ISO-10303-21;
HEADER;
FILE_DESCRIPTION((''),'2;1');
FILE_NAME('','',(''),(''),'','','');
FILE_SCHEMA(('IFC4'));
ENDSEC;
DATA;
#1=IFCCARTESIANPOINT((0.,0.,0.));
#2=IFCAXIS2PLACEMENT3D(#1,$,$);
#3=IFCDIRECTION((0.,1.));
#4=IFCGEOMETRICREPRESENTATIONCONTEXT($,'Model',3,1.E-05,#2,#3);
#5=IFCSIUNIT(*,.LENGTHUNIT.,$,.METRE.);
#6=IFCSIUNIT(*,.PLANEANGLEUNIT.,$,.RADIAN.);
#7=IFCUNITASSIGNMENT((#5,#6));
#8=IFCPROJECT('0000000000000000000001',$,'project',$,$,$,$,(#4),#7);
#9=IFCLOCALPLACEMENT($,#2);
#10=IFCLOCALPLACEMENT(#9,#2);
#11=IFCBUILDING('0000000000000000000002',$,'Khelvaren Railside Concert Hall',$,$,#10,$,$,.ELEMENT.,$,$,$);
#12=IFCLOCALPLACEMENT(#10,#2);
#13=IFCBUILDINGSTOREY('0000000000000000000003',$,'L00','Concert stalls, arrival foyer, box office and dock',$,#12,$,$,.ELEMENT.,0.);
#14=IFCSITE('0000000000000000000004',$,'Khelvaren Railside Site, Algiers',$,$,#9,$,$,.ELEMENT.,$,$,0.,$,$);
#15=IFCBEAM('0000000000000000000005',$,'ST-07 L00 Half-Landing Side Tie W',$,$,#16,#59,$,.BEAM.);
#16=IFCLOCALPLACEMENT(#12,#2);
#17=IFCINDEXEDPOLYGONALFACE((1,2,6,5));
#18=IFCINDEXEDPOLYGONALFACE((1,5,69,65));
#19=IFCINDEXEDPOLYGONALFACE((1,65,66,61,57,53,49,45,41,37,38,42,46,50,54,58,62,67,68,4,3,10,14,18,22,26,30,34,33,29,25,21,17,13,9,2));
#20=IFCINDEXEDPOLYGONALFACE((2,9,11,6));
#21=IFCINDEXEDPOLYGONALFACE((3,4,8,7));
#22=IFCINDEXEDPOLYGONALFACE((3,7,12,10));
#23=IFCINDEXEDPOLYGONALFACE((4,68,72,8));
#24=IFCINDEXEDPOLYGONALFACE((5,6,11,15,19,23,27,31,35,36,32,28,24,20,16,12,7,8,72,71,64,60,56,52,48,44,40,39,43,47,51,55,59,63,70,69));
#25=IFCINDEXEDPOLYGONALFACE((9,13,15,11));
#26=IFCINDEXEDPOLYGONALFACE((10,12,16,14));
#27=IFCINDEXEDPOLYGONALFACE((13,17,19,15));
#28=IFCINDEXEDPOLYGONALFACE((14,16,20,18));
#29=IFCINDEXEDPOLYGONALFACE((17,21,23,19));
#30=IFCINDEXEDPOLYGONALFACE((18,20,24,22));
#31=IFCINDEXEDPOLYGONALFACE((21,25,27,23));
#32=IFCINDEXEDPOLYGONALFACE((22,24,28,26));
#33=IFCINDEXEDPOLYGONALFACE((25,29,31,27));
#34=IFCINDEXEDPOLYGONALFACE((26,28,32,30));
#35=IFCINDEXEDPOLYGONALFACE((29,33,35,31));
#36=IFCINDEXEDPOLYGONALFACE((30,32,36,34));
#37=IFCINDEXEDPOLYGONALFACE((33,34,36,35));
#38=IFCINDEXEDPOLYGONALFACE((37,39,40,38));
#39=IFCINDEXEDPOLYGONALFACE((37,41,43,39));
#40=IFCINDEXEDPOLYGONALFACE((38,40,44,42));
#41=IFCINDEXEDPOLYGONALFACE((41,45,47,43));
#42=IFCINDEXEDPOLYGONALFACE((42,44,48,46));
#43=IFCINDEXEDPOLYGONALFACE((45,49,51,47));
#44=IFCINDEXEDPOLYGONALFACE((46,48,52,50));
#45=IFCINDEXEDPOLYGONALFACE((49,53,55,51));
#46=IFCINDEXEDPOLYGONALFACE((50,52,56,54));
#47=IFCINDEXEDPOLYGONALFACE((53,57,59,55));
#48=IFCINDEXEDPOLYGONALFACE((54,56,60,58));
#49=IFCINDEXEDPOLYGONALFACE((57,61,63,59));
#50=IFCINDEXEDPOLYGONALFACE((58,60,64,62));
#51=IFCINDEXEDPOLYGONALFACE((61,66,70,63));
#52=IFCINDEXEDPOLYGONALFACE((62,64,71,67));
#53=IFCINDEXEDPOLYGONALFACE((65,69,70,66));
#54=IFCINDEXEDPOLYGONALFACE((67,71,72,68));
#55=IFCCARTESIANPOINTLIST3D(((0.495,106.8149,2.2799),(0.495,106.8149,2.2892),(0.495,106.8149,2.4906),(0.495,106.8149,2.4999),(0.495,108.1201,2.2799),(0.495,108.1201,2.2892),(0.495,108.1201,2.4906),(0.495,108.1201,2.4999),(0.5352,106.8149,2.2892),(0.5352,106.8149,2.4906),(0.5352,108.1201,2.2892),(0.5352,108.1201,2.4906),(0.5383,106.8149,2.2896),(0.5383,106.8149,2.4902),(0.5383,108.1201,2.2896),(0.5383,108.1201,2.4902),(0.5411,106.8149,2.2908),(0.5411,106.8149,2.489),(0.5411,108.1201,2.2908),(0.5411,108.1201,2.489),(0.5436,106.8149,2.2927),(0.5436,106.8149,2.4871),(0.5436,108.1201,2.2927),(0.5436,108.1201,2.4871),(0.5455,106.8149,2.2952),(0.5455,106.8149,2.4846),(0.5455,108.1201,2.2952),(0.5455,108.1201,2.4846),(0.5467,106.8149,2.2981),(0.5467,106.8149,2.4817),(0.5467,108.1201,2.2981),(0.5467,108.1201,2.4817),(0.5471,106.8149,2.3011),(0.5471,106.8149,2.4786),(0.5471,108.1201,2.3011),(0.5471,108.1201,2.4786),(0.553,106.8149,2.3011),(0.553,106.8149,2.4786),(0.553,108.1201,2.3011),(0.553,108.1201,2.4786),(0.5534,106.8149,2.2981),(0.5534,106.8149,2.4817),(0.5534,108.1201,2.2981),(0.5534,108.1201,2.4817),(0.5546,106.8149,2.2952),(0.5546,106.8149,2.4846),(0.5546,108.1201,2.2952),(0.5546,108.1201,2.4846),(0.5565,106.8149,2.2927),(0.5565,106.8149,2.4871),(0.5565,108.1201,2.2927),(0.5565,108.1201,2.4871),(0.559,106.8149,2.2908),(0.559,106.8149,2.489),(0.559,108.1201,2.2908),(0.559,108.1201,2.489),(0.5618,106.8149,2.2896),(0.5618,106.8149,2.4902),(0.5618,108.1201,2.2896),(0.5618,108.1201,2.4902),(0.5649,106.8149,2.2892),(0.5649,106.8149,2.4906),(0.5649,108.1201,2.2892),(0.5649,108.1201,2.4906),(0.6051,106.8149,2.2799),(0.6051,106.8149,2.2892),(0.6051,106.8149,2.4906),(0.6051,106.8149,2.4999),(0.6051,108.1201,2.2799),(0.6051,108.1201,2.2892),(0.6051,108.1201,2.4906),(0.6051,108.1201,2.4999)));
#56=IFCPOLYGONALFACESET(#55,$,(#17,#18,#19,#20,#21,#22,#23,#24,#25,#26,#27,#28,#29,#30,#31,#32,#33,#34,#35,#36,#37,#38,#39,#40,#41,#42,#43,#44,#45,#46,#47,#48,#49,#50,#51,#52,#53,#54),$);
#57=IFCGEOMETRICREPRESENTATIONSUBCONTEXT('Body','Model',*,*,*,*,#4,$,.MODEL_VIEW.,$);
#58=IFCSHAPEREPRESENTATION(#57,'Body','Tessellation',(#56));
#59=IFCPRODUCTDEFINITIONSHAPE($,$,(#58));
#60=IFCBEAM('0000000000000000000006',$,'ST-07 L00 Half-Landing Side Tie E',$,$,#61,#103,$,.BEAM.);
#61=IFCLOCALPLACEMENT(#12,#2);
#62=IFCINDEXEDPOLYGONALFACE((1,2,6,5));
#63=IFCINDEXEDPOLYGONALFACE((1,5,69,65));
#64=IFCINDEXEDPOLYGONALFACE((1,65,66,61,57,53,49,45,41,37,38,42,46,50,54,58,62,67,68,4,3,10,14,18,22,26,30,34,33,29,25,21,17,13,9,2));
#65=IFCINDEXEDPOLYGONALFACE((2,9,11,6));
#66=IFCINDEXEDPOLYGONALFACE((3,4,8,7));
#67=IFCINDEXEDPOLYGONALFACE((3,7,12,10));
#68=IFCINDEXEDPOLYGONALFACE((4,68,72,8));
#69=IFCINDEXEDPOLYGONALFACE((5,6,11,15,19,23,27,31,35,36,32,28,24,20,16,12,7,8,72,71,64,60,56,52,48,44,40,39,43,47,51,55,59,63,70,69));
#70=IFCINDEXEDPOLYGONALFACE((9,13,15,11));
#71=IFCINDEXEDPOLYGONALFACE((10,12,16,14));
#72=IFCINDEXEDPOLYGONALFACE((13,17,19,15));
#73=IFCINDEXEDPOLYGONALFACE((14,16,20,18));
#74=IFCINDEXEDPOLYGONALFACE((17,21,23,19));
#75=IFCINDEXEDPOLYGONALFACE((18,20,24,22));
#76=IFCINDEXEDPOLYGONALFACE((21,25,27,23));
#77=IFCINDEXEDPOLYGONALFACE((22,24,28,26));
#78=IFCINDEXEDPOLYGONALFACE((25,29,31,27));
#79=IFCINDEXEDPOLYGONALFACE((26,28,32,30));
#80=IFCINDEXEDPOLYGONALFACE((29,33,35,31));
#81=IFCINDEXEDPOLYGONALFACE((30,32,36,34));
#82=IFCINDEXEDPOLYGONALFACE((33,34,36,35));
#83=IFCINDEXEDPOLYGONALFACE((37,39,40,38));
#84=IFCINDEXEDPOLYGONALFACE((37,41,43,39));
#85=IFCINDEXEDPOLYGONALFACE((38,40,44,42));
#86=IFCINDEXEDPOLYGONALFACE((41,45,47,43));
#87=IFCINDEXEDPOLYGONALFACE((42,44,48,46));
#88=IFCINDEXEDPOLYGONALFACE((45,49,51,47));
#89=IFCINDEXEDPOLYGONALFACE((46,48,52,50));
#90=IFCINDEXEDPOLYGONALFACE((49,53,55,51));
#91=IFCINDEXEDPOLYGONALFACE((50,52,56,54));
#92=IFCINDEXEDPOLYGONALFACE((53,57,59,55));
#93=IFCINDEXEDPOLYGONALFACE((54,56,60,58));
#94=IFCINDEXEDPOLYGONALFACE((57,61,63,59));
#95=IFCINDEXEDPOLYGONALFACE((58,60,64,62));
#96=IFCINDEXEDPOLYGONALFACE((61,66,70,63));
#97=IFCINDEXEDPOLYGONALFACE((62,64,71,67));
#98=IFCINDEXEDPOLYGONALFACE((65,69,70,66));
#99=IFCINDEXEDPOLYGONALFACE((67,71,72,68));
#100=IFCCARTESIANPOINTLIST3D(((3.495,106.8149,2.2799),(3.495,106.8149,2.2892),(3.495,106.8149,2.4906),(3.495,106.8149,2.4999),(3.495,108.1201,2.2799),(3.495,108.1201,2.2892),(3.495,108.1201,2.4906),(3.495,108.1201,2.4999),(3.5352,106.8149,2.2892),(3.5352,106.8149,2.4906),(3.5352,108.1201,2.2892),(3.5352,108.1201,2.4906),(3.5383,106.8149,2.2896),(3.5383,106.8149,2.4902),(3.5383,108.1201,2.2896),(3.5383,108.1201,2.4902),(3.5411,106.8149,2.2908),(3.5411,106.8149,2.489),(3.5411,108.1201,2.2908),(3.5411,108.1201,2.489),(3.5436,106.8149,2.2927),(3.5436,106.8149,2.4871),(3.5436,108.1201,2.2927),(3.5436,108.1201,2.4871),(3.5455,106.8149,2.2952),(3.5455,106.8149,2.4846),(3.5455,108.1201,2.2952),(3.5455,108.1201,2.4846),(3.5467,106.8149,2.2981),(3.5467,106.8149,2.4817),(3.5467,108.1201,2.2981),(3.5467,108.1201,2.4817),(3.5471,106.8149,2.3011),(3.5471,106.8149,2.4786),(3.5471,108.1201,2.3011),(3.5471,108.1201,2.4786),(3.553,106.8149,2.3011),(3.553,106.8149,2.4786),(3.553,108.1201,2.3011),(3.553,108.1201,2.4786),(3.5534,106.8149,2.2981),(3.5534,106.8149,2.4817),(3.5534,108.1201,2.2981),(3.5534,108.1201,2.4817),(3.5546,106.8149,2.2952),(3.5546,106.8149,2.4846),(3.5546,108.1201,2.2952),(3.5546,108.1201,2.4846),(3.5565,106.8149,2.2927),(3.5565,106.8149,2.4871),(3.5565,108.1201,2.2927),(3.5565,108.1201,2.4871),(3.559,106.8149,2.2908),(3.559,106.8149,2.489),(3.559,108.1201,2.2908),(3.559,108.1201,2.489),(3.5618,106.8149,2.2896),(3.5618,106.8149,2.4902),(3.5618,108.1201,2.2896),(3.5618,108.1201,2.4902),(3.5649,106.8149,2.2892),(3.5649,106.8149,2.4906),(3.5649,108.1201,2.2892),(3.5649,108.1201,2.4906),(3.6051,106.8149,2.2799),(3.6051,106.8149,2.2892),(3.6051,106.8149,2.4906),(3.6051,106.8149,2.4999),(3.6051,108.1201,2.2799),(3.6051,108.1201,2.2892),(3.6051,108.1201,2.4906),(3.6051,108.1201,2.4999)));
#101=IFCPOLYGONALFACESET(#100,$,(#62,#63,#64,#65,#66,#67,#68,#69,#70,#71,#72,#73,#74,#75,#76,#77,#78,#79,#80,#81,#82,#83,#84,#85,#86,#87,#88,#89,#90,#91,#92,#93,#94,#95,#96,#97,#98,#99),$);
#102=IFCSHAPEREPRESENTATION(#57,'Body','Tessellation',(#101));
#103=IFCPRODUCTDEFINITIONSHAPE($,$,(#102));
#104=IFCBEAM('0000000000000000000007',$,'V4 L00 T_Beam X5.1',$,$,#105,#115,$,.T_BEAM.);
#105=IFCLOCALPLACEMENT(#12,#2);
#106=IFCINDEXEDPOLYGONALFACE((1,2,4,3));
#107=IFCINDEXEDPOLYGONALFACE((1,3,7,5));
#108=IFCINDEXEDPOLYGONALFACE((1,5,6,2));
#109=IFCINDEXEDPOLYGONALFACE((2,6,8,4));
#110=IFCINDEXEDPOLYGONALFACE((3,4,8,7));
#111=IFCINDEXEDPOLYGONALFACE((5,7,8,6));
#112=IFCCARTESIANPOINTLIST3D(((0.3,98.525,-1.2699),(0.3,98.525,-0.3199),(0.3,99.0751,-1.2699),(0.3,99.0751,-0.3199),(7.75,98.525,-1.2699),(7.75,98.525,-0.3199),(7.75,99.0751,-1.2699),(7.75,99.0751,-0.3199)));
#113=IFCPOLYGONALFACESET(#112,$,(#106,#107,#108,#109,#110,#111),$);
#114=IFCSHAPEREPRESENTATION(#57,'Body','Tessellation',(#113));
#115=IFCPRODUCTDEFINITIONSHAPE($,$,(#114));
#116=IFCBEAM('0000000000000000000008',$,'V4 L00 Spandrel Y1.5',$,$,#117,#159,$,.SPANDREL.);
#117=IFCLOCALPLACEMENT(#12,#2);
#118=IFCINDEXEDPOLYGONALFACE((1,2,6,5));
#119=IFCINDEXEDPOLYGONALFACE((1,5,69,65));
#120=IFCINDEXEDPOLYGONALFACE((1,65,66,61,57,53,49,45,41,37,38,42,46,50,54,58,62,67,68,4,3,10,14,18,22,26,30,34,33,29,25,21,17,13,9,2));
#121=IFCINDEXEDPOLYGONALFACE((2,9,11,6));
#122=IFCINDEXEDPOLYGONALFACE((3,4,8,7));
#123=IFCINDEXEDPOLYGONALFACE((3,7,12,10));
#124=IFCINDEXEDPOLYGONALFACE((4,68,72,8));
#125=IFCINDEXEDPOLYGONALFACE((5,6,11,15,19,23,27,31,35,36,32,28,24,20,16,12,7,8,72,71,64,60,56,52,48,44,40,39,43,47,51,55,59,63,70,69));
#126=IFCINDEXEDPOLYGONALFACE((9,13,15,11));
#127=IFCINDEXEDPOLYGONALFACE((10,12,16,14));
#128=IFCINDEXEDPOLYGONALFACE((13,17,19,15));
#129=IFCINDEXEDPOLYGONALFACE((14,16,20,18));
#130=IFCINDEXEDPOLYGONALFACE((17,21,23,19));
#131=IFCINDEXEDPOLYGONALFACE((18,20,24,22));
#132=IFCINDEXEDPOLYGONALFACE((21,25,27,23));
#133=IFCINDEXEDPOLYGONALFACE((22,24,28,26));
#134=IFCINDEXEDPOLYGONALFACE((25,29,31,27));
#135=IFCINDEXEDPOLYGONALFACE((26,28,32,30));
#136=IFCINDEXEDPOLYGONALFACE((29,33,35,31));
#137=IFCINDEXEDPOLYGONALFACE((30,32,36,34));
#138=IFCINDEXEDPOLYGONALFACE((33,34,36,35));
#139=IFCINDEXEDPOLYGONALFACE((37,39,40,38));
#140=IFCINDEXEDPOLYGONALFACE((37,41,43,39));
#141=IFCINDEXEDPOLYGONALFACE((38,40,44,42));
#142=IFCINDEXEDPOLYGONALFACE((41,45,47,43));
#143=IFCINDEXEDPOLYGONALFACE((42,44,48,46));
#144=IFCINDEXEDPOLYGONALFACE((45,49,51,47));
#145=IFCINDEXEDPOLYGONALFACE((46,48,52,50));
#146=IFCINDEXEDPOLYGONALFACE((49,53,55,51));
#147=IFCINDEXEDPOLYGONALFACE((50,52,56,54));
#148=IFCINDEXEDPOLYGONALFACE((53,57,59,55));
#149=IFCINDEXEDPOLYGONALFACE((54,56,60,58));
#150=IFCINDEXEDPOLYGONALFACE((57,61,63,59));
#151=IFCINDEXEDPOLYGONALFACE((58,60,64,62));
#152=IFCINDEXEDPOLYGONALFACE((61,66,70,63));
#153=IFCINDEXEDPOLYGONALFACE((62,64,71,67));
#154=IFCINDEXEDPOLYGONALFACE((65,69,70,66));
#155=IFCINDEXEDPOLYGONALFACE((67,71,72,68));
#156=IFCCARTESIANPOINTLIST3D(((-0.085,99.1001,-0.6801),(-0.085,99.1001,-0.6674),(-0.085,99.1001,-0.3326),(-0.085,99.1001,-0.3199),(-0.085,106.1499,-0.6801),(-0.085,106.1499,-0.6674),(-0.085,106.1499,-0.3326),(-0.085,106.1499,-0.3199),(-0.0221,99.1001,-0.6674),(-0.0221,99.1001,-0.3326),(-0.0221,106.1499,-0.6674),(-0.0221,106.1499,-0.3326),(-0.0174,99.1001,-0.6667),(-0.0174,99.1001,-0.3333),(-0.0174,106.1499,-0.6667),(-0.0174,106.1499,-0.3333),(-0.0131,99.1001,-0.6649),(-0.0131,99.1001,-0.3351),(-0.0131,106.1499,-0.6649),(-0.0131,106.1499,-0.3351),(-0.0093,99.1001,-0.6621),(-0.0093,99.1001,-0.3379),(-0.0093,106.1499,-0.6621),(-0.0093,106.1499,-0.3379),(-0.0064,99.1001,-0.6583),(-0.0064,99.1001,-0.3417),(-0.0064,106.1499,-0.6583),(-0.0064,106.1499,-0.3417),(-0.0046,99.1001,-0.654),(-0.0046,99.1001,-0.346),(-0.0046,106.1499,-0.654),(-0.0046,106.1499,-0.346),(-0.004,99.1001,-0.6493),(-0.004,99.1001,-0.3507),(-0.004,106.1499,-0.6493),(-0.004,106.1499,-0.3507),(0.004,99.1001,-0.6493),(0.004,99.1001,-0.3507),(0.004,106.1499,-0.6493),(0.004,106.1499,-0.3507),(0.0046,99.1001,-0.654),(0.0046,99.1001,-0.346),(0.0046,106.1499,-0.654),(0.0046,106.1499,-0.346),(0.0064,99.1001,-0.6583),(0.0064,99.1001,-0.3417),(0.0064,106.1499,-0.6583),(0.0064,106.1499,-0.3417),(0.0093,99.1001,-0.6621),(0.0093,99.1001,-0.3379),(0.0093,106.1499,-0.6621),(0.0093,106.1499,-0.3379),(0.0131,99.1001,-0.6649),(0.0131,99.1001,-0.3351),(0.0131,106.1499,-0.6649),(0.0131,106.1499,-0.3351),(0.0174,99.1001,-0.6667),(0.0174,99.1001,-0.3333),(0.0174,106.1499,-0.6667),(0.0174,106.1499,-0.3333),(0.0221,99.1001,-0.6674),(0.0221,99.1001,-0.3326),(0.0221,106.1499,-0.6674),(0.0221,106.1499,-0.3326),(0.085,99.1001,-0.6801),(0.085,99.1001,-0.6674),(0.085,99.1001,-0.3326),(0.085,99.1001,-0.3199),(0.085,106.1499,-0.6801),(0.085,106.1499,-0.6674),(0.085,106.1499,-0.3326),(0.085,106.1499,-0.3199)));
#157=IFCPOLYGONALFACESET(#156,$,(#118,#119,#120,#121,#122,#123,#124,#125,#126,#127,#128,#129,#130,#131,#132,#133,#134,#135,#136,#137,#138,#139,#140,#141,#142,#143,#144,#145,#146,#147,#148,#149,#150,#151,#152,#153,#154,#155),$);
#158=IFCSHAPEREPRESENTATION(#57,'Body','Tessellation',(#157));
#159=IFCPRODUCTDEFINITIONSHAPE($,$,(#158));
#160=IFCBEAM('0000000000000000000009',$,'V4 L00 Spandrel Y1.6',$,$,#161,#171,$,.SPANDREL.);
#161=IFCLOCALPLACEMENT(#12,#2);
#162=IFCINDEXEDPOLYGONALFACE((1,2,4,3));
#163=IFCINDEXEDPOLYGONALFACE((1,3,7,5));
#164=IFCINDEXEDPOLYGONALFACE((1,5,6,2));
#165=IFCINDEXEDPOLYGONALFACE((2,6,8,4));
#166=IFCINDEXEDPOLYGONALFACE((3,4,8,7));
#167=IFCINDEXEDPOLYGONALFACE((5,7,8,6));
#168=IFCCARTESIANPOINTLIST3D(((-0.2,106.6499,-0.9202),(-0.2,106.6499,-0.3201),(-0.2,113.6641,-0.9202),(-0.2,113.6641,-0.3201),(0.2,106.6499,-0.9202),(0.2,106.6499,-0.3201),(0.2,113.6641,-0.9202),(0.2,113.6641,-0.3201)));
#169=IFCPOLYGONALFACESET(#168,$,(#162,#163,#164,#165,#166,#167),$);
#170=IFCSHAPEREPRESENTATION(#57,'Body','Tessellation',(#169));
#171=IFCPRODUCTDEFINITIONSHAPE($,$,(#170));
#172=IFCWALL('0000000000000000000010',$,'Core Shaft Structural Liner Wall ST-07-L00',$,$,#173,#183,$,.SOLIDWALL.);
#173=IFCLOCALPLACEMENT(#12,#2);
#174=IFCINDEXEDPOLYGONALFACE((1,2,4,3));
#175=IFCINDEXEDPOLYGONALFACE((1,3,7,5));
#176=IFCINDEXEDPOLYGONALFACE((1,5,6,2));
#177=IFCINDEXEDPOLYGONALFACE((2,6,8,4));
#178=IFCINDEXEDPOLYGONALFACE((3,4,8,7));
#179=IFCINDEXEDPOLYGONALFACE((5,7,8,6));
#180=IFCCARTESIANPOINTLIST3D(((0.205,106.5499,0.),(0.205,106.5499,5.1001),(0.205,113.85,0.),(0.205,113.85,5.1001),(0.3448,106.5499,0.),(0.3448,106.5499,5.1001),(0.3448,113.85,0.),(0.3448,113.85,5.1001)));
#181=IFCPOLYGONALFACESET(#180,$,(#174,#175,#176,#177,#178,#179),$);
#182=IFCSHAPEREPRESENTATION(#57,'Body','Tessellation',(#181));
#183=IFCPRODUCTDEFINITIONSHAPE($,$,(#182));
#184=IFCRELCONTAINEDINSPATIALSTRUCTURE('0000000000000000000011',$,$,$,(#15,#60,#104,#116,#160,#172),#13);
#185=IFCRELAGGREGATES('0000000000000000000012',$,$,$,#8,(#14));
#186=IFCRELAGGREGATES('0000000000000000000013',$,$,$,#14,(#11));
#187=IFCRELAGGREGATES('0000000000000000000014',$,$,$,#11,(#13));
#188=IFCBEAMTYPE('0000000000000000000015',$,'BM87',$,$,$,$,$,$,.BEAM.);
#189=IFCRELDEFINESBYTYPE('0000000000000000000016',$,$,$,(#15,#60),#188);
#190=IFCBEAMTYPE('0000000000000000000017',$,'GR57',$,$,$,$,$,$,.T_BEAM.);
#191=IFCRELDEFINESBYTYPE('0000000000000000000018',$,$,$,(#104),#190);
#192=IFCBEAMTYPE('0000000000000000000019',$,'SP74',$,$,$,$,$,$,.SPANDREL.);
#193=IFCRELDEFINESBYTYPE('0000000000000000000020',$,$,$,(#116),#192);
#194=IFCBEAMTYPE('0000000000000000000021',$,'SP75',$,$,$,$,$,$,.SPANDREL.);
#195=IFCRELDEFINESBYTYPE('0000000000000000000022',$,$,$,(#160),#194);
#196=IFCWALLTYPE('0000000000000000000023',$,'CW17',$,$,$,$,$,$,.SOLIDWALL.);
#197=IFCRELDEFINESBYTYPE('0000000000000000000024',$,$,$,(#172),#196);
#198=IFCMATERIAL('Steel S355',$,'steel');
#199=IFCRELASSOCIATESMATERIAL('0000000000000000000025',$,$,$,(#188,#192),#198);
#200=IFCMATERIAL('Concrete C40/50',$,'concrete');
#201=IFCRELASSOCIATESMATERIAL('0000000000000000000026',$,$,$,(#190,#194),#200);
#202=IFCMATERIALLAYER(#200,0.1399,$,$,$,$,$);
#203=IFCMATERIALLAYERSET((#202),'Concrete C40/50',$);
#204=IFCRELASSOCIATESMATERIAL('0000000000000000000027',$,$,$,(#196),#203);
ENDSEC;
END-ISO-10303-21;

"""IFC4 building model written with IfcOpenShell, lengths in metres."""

from ifc_helpers import new_model, si_unit, direction, frame, frame_2d, origin, origin_2d, place, context, subcontext, project, spatial, rectangle, i_section, extrude, material, layer, layer_set, material_profile, profile_set, type_object, element, save


model = new_model("IFC4")

# Units and contexts
model_context = context("Model", 3, precision=1e-05, world=origin(), true_north=direction((0.0, 1.0)))
body_context = subcontext(model_context, "Body", "Model", "MODEL_VIEW")
ifc_project = project(units=[si_unit("LENGTHUNIT", "METRE"), si_unit("PLANEANGLEUNIT", "RADIAN")], contexts=[model_context])

# Site, building, storey
site_placement = place(None, origin())
site = spatial("IfcSite", under=ifc_project, at=site_placement, Name="Khelvaren Railside Site, Algiers", CompositionType="ELEMENT", RefElevation=0.0)
building_placement = place(site_placement, origin())
building = spatial("IfcBuilding", under=site, at=building_placement, Name="Khelvaren Railside Concert Hall", CompositionType="ELEMENT")
storey_placement = place(building_placement, origin())
storey = spatial("IfcBuildingStorey", under=building, at=storey_placement, Name="L00", Description="Concert stalls, arrival foyer, box office and dock", CompositionType="ELEMENT", Elevation=0.0)

# Beams
ifc_material_1 = material(Name="Concrete C40/50", Category="concrete")
ifc_material_2 = material(Name="Steel S355", Category="steel")
ifc_material_profile_1 = material_profile(ifc_material_2, i_section(OverallWidth=0.1101, OverallDepth=0.22, WebThickness=0.0059, FlangeThickness=0.0093, FilletRadius=0.012, at=origin_2d()), Name="IPE 220")
ifc_profile_set_1 = profile_set([ifc_material_profile_1], Name="Steel S355")
beam_type_1 = type_object("IfcBeamType", Name="BM87", PredefinedType="BEAM", material=ifc_profile_set_1)
for number, where, z_axis, x_axis, name in (
    (1, (0.55, 106.8149, 2.3899), (0.0, 1.0, 0.0), (-1.0, 0.0, 0.0), "ST-07 L00 Half-Landing Side Tie W"),
    (2, (3.55, 106.8149, 2.3899), (0.0, 1.0, 0.0), (-1.0, 0.0, 0.0), "ST-07 L00 Half-Landing Side Tie E"),
):
    element("IfcBeam", number, at=place(storey_placement, frame(where, z_axis=z_axis, x_axis=x_axis)), inside=storey, type_object=beam_type_1, Name=name, PredefinedType="BEAM", context=body_context, shape_type="SweptSolid", body=[
        extrude(i_section(OverallWidth=0.1101, OverallDepth=0.22, WebThickness=0.0059, FlangeThickness=0.0093, FilletRadius=0.012, at=origin_2d()), origin(), (0.0, 0.0, 1.0), 1.3052),
    ])
ifc_material_profile_2 = material_profile(ifc_material_1, rectangle(XDim=0.55, YDim=0.95, at=origin_2d()), Name="RCB 550x950")
ifc_profile_set_2 = profile_set([ifc_material_profile_2], Name="Concrete C40/50")
beam_type_2 = type_object("IfcBeamType", Name="GR57", PredefinedType="T_BEAM", material=ifc_profile_set_2)
beam_1_placement = place(storey_placement, frame((0.3, 98.8, -0.7949), z_axis=(1.0, 0.0, 0.0), x_axis=(0.0, 1.0, 0.0)))
element("IfcBeam", 3, at=beam_1_placement, inside=storey, type_object=beam_type_2, Name="V4 L00 T_Beam X5.1", PredefinedType="T_BEAM", context=body_context, shape_type="SweptSolid", body=[
    extrude(rectangle(XDim=0.55, YDim=0.95, at=origin_2d()), origin(), (0.0, 0.0, 1.0), 7.45),
])
ifc_material_profile_3 = material_profile(ifc_material_2, i_section(OverallWidth=0.1699, OverallDepth=0.3601, WebThickness=0.0081, FlangeThickness=0.0127, FilletRadius=0.0181, at=origin_2d()), Name="IPE 360")
ifc_profile_set_3 = profile_set([ifc_material_profile_3], Name="Steel S355")
beam_type_3 = type_object("IfcBeamType", Name="SP74", PredefinedType="SPANDREL", material=ifc_profile_set_3)
beam_2_placement = place(storey_placement, frame((0.0, 99.1001, -0.5), z_axis=(0.0, 1.0, 0.0), x_axis=(-1.0, 0.0, 0.0)))
element("IfcBeam", 4, at=beam_2_placement, inside=storey, type_object=beam_type_3, Name="V4 L00 Spandrel Y1.5", PredefinedType="SPANDREL", context=body_context, shape_type="SweptSolid", body=[
    extrude(i_section(OverallWidth=0.1699, OverallDepth=0.3601, WebThickness=0.0081, FlangeThickness=0.0127, FilletRadius=0.0181, at=origin_2d()), origin(), (0.0, 0.0, 1.0), 7.0498),
])
ifc_material_profile_4 = material_profile(ifc_material_1, rectangle(XDim=0.3999, YDim=0.6001, at=origin_2d()), Name="RCB 400x600")
ifc_profile_set_4 = profile_set([ifc_material_profile_4], Name="Concrete C40/50")
beam_type_4 = type_object("IfcBeamType", Name="SP75", PredefinedType="SPANDREL", material=ifc_profile_set_4)
beam_3_placement = place(storey_placement, frame((0.0, 106.6499, -0.6201), z_axis=(0.0, 1.0, 0.0), x_axis=(-1.0, 0.0, 0.0)))
element("IfcBeam", 5, at=beam_3_placement, inside=storey, type_object=beam_type_4, Name="V4 L00 Spandrel Y1.6", PredefinedType="SPANDREL", context=body_context, shape_type="SweptSolid", body=[
    extrude(rectangle(XDim=0.3999, YDim=0.6001, at=origin_2d()), origin(), (0.0, 0.0, 1.0), 7.0142),
])

# Wall
ifc_layer_1 = layer(ifc_material_1, 0.1399)
ifc_layer_set_1 = layer_set([ifc_layer_1], Name="Concrete C40/50")
wall_type_1 = type_object("IfcWallType", Name="CW17", PredefinedType="SOLIDWALL", material=ifc_layer_set_1)
wall_1_placement = place(storey_placement, frame((0.2749, 106.55, 0.0), z_axis=(0.0, 0.0, 1.0), x_axis=(0.0, 1.0, 0.0)))
element("IfcWall", 6, at=wall_1_placement, inside=storey, type_object=wall_type_1, Name="Core Shaft Structural Liner Wall ST-07-L00", PredefinedType="SOLIDWALL", context=body_context, shape_type="SweptSolid", body=[
    extrude(rectangle(XDim=7.3, YDim=0.1399, at=frame_2d((3.6499, 0.0))), origin(), (0.0, 0.0, 1.0), 5.1001),
])

save(model, "model.ifc")
